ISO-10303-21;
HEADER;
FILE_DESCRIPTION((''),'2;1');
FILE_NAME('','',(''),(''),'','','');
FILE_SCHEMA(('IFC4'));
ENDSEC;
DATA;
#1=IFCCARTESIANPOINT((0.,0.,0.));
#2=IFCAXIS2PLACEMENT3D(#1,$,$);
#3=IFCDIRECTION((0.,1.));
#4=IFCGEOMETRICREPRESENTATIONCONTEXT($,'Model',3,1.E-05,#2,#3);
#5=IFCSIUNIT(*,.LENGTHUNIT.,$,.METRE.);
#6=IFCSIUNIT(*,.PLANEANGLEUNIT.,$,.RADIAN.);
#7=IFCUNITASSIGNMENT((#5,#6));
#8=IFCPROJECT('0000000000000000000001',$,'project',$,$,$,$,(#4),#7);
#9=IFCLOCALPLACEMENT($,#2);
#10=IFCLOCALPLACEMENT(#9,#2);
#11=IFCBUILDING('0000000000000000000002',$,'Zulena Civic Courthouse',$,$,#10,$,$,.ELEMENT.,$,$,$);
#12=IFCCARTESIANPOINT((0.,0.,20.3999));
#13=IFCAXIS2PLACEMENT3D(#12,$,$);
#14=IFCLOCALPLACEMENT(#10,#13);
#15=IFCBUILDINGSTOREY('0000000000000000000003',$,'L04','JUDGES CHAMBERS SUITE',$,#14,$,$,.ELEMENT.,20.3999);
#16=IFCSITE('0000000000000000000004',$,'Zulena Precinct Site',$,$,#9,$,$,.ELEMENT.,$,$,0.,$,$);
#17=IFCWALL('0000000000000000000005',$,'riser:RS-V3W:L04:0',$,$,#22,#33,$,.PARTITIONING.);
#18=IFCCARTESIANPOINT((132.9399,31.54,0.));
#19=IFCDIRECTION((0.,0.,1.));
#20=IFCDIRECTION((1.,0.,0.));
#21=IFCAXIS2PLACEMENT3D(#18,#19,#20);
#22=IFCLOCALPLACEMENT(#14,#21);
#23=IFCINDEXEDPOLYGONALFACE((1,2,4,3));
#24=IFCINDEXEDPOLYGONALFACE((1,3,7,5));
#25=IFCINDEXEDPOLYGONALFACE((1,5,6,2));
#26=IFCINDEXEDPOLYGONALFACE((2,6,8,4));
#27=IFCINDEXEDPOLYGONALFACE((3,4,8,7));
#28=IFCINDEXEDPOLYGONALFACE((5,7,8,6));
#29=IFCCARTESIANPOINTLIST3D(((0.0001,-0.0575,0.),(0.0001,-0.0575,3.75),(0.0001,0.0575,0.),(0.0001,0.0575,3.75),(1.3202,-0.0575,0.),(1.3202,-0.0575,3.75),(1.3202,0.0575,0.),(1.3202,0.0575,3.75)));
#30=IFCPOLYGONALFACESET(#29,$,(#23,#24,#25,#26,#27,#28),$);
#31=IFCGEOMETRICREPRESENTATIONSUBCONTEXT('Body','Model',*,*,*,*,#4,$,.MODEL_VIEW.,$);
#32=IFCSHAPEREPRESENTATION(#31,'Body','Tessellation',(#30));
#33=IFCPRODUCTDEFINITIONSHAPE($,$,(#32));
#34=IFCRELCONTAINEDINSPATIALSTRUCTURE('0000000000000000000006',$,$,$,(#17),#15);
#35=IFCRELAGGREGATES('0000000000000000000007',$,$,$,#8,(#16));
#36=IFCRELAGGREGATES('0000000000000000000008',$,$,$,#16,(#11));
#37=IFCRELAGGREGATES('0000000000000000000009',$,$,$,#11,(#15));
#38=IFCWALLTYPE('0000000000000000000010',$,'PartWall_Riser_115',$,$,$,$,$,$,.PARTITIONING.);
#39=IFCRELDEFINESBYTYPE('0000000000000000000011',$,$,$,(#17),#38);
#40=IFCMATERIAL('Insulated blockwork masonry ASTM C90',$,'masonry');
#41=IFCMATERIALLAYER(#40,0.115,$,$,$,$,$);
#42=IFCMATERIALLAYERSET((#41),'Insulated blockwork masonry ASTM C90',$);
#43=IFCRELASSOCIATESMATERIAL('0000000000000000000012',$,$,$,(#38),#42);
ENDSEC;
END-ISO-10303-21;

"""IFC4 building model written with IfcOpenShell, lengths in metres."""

from ifc_helpers import new_model, si_unit, direction, frame, frame_2d, origin, place, context, subcontext, project, spatial, rectangle, extrude, material, layer, layer_set, type_object, element, save


model = new_model("IFC4")

# Units and contexts
model_context = context("Model", 3, precision=1e-05, world=origin(), true_north=direction((0.0, 1.0)))
body_context = subcontext(model_context, "Body", "Model", "MODEL_VIEW")
ifc_project = project(units=[si_unit("LENGTHUNIT", "METRE"), si_unit("PLANEANGLEUNIT", "RADIAN")], contexts=[model_context])

# Site, building, storey
site_placement = place(None, origin())
site = spatial("IfcSite", under=ifc_project, at=site_placement, Name="Zulena Precinct Site", CompositionType="ELEMENT", RefElevation=0.0)
building_placement = place(site_placement, origin())
building = spatial("IfcBuilding", under=site, at=building_placement, Name="Zulena Civic Courthouse", CompositionType="ELEMENT")
storey_placement = place(building_placement, frame((0.0, 0.0, 20.3999)))
storey = spatial("IfcBuildingStorey", under=building, at=storey_placement, Name="L04", Description="JUDGES CHAMBERS SUITE", CompositionType="ELEMENT", Elevation=20.3999)

# Wall
ifc_material_1 = material(Name="Insulated blockwork masonry ASTM C90", Category="masonry")
ifc_layer_1 = layer(ifc_material_1, 0.115)
ifc_layer_set_1 = layer_set([ifc_layer_1], Name="Insulated blockwork masonry ASTM C90")
wall_type_1 = type_object("IfcWallType", Name="PartWall_Riser_115", PredefinedType="PARTITIONING", material=ifc_layer_set_1)
for number, where, z_axis, x_axis, name in (
    (1, (132.9399, 31.54, 0.0), (0.0, 0.0, 1.0), (1.0, 0.0, 0.0), "riser:RS-V3W:L04:0"),
):
    element("IfcWall", number, at=place(storey_placement, frame(where, z_axis=z_axis, x_axis=x_axis)), inside=storey, type_object=wall_type_1, Name=name, PredefinedType="PARTITIONING", context=body_context, shape_type="SweptSolid", body=[
        extrude(rectangle(XDim=1.3201, YDim=0.115, at=frame_2d((0.6602, 0.0))), origin(), (0.0, 0.0, 1.0), 3.75),
    ])

save(model, "model.ifc")
